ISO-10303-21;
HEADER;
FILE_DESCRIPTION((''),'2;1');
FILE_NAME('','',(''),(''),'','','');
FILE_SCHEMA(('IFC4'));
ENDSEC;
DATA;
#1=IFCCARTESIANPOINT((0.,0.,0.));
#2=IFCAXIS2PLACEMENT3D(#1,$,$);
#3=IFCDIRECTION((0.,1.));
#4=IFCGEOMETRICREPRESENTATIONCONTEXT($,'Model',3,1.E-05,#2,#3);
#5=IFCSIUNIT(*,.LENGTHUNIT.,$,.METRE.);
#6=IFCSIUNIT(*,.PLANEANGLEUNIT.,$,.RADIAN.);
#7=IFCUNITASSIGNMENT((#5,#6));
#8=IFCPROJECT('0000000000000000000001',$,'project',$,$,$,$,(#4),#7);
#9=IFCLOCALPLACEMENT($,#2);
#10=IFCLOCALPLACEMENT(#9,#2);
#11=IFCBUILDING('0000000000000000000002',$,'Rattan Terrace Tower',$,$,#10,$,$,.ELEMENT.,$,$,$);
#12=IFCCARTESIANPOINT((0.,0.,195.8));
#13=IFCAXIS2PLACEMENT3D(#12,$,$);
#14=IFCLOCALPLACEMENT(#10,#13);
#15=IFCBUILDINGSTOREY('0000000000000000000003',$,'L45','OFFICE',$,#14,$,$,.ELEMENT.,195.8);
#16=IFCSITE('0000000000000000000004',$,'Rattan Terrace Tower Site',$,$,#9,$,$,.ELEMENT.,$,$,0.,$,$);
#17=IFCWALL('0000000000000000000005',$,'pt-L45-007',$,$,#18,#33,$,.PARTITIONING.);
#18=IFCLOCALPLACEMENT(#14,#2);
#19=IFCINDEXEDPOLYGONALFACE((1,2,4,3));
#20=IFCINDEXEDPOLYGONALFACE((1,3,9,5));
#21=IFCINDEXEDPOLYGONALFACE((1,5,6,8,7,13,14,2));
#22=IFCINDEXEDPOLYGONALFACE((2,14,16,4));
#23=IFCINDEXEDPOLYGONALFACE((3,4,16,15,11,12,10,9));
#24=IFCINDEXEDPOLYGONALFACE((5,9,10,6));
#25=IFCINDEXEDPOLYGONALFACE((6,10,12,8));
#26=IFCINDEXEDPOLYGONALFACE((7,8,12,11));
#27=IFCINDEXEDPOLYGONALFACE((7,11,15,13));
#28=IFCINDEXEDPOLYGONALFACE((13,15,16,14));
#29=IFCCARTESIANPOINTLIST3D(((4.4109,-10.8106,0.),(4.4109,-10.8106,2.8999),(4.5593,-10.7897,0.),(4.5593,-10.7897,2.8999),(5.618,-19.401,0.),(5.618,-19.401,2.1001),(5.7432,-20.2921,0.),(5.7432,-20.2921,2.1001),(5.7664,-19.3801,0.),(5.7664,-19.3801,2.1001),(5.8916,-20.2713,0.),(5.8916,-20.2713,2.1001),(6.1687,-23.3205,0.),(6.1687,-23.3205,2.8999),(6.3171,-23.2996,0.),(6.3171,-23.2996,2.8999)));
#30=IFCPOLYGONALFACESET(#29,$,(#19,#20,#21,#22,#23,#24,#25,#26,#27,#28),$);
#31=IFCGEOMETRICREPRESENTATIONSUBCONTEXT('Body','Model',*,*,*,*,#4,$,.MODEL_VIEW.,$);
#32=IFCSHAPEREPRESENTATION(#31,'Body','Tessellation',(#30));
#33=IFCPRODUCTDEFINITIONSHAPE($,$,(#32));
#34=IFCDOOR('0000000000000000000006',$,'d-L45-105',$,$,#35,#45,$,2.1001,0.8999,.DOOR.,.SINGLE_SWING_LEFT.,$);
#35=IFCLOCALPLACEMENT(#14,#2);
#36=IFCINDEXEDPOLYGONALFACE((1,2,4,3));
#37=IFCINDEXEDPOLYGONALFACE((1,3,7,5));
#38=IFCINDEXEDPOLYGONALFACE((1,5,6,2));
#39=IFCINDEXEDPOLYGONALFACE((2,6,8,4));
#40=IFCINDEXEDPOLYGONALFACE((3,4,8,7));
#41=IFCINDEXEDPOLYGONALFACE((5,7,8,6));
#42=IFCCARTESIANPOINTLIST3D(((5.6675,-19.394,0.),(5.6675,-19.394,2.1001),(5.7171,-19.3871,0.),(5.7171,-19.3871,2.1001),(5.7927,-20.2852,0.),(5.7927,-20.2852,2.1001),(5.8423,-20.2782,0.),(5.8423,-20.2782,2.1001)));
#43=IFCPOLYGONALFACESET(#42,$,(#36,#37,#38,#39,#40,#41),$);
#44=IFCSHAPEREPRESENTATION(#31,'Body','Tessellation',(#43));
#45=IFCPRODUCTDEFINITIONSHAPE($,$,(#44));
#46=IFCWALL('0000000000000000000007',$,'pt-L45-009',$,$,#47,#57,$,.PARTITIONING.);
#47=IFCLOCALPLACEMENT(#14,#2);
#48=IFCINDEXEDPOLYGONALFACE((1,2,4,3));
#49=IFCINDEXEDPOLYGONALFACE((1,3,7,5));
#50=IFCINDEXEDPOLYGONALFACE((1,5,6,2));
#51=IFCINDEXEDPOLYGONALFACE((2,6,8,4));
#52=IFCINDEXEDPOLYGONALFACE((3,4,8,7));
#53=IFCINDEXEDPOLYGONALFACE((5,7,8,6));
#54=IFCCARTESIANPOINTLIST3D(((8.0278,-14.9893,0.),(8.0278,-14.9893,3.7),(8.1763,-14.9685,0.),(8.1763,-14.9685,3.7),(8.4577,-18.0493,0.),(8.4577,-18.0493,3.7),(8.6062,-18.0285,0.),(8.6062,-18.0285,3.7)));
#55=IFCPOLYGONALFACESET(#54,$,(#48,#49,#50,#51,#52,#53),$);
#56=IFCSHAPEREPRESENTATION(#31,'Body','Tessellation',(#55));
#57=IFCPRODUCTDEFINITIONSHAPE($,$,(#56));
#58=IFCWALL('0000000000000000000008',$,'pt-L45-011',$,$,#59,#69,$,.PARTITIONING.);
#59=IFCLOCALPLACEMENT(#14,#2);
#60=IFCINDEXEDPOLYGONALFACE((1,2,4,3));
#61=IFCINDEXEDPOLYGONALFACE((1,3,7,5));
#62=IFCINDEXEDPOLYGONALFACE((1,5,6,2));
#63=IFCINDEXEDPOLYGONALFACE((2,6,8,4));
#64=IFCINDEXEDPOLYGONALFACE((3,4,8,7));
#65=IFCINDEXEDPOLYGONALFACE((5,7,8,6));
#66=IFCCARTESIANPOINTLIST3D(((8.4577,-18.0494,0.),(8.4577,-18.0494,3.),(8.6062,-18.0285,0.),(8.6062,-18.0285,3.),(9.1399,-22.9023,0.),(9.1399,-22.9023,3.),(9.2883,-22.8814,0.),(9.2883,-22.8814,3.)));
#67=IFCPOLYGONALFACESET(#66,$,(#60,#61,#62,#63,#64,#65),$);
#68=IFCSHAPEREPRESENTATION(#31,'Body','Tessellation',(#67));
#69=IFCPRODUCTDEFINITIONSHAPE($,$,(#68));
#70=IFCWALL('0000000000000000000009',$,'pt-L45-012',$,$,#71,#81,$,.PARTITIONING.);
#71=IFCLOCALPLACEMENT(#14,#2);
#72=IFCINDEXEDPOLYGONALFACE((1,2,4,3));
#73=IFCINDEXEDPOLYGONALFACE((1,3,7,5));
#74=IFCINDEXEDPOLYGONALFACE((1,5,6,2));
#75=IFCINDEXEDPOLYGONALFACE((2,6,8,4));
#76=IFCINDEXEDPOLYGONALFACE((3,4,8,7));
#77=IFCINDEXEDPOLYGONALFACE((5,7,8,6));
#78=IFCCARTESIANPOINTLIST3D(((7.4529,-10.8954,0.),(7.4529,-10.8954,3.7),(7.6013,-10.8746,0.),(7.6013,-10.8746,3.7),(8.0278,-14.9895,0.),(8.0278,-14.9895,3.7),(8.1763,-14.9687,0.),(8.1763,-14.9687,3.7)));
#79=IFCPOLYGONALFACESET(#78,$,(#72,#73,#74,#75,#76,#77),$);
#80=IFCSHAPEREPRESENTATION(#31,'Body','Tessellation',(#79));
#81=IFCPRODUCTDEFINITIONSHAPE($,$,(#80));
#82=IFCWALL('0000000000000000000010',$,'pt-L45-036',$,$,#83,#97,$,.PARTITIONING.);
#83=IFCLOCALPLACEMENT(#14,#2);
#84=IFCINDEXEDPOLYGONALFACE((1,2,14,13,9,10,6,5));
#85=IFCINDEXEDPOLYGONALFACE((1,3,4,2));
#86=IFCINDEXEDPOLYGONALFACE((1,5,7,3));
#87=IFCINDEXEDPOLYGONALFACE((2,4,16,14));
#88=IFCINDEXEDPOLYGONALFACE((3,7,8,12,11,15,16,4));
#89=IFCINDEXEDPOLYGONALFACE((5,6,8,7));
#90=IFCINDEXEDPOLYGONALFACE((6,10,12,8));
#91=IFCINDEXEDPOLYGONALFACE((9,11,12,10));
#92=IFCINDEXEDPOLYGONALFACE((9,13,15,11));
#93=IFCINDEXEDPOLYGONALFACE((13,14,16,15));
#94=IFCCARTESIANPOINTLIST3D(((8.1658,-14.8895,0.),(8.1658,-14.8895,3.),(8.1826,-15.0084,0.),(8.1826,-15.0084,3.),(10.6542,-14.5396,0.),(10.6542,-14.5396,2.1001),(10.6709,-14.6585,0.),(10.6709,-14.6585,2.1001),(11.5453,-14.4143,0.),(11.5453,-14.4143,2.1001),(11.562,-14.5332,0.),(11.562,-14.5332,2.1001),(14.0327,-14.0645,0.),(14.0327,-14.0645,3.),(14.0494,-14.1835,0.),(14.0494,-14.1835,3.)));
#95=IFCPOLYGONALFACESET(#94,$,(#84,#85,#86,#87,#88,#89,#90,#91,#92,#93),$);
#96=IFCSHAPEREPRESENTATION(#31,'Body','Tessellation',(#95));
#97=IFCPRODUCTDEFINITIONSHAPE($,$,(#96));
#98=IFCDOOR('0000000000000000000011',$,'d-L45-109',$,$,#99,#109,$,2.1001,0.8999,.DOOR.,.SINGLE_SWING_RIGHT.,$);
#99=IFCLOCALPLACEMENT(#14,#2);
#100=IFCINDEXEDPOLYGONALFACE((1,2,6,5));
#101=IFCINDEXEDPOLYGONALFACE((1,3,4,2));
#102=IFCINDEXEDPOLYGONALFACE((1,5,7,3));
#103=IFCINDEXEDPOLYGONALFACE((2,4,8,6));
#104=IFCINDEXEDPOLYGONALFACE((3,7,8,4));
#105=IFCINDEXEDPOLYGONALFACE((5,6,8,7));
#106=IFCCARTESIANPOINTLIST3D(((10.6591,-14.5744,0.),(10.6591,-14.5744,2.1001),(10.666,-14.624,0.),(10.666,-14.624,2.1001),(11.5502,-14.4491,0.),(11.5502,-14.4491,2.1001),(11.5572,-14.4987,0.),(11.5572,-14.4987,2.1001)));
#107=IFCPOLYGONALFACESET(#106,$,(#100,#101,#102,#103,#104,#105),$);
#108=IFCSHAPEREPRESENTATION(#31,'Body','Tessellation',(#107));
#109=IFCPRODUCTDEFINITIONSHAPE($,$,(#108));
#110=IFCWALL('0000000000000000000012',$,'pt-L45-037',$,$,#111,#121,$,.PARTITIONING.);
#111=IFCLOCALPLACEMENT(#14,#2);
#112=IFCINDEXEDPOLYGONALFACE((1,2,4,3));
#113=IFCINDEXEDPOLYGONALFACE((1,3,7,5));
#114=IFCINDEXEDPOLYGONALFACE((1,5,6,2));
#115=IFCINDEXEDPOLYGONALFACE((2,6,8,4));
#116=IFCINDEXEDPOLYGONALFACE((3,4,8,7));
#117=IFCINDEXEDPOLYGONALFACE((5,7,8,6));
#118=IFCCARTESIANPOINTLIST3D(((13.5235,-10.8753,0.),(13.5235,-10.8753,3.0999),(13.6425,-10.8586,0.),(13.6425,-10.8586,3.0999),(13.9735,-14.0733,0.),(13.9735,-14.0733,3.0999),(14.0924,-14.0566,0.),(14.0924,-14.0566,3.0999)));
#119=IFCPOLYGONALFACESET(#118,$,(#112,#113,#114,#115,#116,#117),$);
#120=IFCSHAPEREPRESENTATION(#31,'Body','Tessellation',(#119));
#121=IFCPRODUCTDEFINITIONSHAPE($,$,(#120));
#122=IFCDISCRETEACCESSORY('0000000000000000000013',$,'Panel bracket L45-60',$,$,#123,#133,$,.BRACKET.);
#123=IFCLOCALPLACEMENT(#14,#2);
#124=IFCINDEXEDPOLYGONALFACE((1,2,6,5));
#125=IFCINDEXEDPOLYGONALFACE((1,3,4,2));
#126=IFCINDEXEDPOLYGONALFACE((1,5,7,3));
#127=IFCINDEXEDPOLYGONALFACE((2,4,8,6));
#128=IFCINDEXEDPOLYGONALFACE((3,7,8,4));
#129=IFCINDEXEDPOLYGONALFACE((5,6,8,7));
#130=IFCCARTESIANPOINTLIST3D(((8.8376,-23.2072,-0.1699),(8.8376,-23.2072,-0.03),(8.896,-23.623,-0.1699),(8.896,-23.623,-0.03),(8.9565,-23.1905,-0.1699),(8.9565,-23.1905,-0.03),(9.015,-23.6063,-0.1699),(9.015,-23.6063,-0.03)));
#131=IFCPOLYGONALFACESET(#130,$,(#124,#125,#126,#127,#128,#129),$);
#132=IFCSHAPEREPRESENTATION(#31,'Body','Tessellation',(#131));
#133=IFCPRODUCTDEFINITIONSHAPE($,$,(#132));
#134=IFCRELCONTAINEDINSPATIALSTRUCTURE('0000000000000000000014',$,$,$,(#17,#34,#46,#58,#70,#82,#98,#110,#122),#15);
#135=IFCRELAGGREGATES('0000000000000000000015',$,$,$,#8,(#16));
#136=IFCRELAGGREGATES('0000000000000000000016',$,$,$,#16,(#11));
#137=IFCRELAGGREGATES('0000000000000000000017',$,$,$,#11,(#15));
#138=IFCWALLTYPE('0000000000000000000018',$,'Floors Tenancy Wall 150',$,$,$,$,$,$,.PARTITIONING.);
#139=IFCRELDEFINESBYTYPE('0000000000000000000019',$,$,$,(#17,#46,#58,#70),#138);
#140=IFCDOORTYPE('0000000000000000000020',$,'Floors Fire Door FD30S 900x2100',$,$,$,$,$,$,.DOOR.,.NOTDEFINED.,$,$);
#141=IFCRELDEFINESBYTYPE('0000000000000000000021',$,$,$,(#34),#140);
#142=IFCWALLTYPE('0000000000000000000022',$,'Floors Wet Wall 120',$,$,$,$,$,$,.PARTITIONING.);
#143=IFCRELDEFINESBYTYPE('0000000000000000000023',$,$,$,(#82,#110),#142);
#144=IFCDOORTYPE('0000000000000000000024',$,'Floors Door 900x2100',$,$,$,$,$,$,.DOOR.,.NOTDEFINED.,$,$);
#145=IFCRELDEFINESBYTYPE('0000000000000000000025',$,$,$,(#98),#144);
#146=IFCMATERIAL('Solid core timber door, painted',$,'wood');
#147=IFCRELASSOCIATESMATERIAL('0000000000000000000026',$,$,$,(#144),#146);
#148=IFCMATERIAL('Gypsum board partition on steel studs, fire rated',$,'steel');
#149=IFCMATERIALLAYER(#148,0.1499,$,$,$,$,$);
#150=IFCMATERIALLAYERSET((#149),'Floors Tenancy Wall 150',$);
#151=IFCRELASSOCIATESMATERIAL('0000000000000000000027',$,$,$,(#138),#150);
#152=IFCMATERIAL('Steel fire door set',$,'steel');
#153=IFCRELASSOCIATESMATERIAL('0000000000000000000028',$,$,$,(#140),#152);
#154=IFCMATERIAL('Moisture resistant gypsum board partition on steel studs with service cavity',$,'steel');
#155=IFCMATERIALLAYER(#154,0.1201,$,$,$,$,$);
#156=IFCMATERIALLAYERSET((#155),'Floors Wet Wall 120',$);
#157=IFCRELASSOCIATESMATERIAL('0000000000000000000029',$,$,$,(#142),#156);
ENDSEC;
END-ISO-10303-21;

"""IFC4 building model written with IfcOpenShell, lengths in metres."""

from ifc_helpers import new_model, si_unit, direction, frame, frame_2d, origin, origin_2d, place, context, subcontext, project, spatial, rectangle, extrude, material, layer, layer_set, type_object, element, fill, save


model = new_model("IFC4")

# Units and contexts
model_context = context("Model", 3, precision=1e-05, world=origin(), true_north=direction((0.0, 1.0)))
body_context = subcontext(model_context, "Body", "Model", "MODEL_VIEW")
ifc_project = project(units=[si_unit("LENGTHUNIT", "METRE"), si_unit("PLANEANGLEUNIT", "RADIAN")], contexts=[model_context])

# Site, building, storey
site_placement = place(None, origin())
site = spatial("IfcSite", under=ifc_project, at=site_placement, Name="Rattan Terrace Tower Site", CompositionType="ELEMENT", RefElevation=0.0)
building_placement = place(site_placement, origin())
building = spatial("IfcBuilding", under=site, at=building_placement, Name="Rattan Terrace Tower", CompositionType="ELEMENT")
storey_placement = place(building_placement, frame((0.0, 0.0, 195.8)))
storey = spatial("IfcBuildingStorey", under=building, at=storey_placement, Name="L45", Description="OFFICE", CompositionType="ELEMENT", Elevation=195.8)

# Shared definitions
ifc_material_1 = material(Name="Solid core timber door, painted", Category="wood")
door_type_1 = type_object("IfcDoorType", Name="Floors Door 900x2100", OperationType="NOTDEFINED", PredefinedType="DOOR", material=ifc_material_1)

# Wall, opening, door
ifc_material_2 = material(Name="Gypsum board partition on steel studs, fire rated", Category="steel")
ifc_layer_1 = layer(ifc_material_2, 0.1499)
ifc_layer_set_1 = layer_set([ifc_layer_1], Name="Floors Tenancy Wall 150")
wall_type_1 = type_object("IfcWallType", Name="Floors Tenancy Wall 150", PredefinedType="PARTITIONING", material=ifc_layer_set_1)
wall_1_placement = place(storey_placement, frame((6.2429, -23.3101, 0.0), z_axis=(0.0, 0.0, 1.0), x_axis=(-0.139146, 0.990272, 0.0)))
wall_1 = element("IfcWall", 1, at=wall_1_placement, inside=storey, type_object=wall_type_1, Name="pt-L45-007", PredefinedType="PARTITIONING", context=body_context, shape_type="SweptSolid", body=[
    extrude(rectangle(XDim=12.6328, YDim=0.1499, at=frame_2d((6.3164, 0.0))), origin(), (0.0, 0.0, 1.0), 2.8999),
])
opening_1_placement = place(wall_1_placement, frame((3.0581, 0.0, 0.0)))
opening_1 = element("IfcOpeningElement", 2, at=opening_1_placement, cuts=wall_1, PredefinedType="OPENING", context=body_context, shape_type="SweptSolid", body=[
    extrude(rectangle(XDim=0.8999, YDim=2.1001, at=frame_2d((0.45, 1.05))), frame((0.0, 0.0854, 0.0), z_axis=(0.0, -1.0, 0.0), x_axis=(1.0, 0.0, 0.0)), (0.0, 0.0, 1.0), 0.1709),
])
ifc_material_3 = material(Name="Steel fire door set", Category="steel")
door_type_2 = type_object("IfcDoorType", Name="Floors Fire Door FD30S 900x2100", OperationType="NOTDEFINED", PredefinedType="DOOR", material=ifc_material_3)
door_1_placement = place(opening_1_placement, origin())
door_1 = element("IfcDoor", 3, at=door_1_placement, inside=storey, type_object=door_type_2, Name="d-L45-105", OperationType="SINGLE_SWING_LEFT", OverallHeight=2.1001, OverallWidth=0.8999, PredefinedType="DOOR", context=body_context, shape_type="SweptSolid", body=[
    extrude(rectangle(XDim=0.8999, YDim=2.1001, at=frame_2d((0.45, 1.05))), frame((0.0, 0.0249, 0.0), z_axis=(0.0, -1.0, 0.0), x_axis=(1.0, 0.0, 0.0)), (0.0, 0.0, 1.0), 0.05),
])
fill(opening_1, door_1)

# Walls
wall_2_placement = place(storey_placement, frame((8.1021, -14.979, 0.0), z_axis=(0.0, 0.0, 1.0), x_axis=(0.139131, -0.990274, 0.0)))
element("IfcWall", 4, at=wall_2_placement, inside=storey, type_object=wall_type_1, Name="pt-L45-009", PredefinedType="PARTITIONING", context=body_context, shape_type="SweptSolid", body=[
    extrude(rectangle(XDim=3.0901, YDim=0.1499, at=frame_2d((1.5449, 0.0))), origin(), (0.0, 0.0, 1.0), 3.7),
])
wall_3_placement = place(storey_placement, frame((8.532, -18.0391, 0.0), z_axis=(0.0, 0.0, 1.0), x_axis=(0.139189, -0.990266, 0.0)))
element("IfcWall", 5, at=wall_3_placement, inside=storey, type_object=wall_type_1, Name="pt-L45-011", PredefinedType="PARTITIONING", context=body_context, shape_type="SweptSolid", body=[
    extrude(rectangle(XDim=4.9006, YDim=0.1499, at=frame_2d((2.4502, 0.0))), origin(), (0.0, 0.0, 1.0), 3.0),
])
wall_4_placement = place(storey_placement, frame((7.5271, -10.885, 0.0), z_axis=(0.0, 0.0, 1.0), x_axis=(0.139073, -0.990282, 0.0)))
element("IfcWall", 6, at=wall_4_placement, inside=storey, type_object=wall_type_1, Name="pt-L45-012", PredefinedType="PARTITIONING", context=body_context, shape_type="SweptSolid", body=[
    extrude(rectangle(XDim=4.1343, YDim=0.1499, at=frame_2d((2.0671, 0.0))), origin(), (0.0, 0.0, 1.0), 3.7),
])

# Wall, opening, door
ifc_material_4 = material(Name="Moisture resistant gypsum board partition on steel studs with service cavity", Category="steel")
ifc_layer_2 = layer(ifc_material_4, 0.1201)
ifc_layer_set_2 = layer_set([ifc_layer_2], Name="Floors Wet Wall 120")
wall_type_2 = type_object("IfcWallType", Name="Floors Wet Wall 120", PredefinedType="PARTITIONING", material=ifc_layer_set_2)
wall_5_placement = place(storey_placement, frame((8.1741, -14.949, 0.0), z_axis=(0.0, 0.0, 1.0), x_axis=(0.990259, 0.13924, 0.0)))
wall_5 = element("IfcWall", 7, at=wall_5_placement, inside=storey, type_object=wall_type_2, Name="pt-L45-036", PredefinedType="PARTITIONING", context=body_context, shape_type="SweptSolid", body=[
    extrude(rectangle(XDim=5.9246, YDim=0.1201, at=frame_2d((2.9624, 0.0))), origin(), (0.0, 0.0, 1.0), 3.0),
])
opening_2_placement = place(wall_5_placement, frame((2.5129, 0.0, 0.0)))
opening_2 = element("IfcOpeningElement", 8, at=opening_2_placement, cuts=wall_5, PredefinedType="OPENING", context=body_context, shape_type="SweptSolid", body=[
    extrude(rectangle(XDim=0.8999, YDim=2.1001, at=frame_2d((0.45, 1.05))), frame((0.0, 0.0706, 0.0), z_axis=(0.0, -1.0, 0.0), x_axis=(1.0, 0.0, 0.0)), (0.0, 0.0, 1.0), 0.1411),
])
door_2_placement = place(opening_2_placement, origin())
door_2 = element("IfcDoor", 9, at=door_2_placement, inside=storey, type_object=door_type_1, Name="d-L45-109", OperationType="SINGLE_SWING_RIGHT", OverallHeight=2.1001, OverallWidth=0.8999, PredefinedType="DOOR", context=body_context, shape_type="SweptSolid", body=[
    extrude(rectangle(XDim=0.8999, YDim=2.1001, at=frame_2d((0.45, 1.05))), frame((0.0, 0.0249, 0.0), z_axis=(0.0, -1.0, 0.0), x_axis=(1.0, 0.0, 0.0)), (0.0, 0.0, 1.0), 0.05),
])
fill(opening_2, door_2)

# Wall
wall_6_placement = place(storey_placement, frame((14.033, -14.0649, 0.0), z_axis=(0.0, 0.0, 1.0), x_axis=(-0.139325, 0.990247, 0.0)))
element("IfcWall", 10, at=wall_6_placement, inside=storey, type_object=wall_type_2, Name="pt-L45-037", PredefinedType="PARTITIONING", context=body_context, shape_type="SweptSolid", body=[
    extrude(rectangle(XDim=3.2295, YDim=0.1201, at=frame_2d((1.6147, 0.0))), origin(), (0.0, 0.0, 1.0), 3.0999),
])

# Discrete accessory
discrete_accessory_placement = place(storey_placement, frame((8.9263, -23.4067, -0.1699), z_axis=(0.0, 0.0, 1.0), x_axis=(0.99027, 0.139161, 0.0)))
element("IfcDiscreteAccessory", 11, at=discrete_accessory_placement, inside=storey, Name="Panel bracket L45-60", PredefinedType="BRACKET", context=body_context, shape_type="SweptSolid", body=[
    extrude(rectangle(XDim=0.1201, YDim=0.4199, at=origin_2d()), origin(), (0.0, 0.0, 1.0), 0.1399),
])

save(model, "model.ifc")
